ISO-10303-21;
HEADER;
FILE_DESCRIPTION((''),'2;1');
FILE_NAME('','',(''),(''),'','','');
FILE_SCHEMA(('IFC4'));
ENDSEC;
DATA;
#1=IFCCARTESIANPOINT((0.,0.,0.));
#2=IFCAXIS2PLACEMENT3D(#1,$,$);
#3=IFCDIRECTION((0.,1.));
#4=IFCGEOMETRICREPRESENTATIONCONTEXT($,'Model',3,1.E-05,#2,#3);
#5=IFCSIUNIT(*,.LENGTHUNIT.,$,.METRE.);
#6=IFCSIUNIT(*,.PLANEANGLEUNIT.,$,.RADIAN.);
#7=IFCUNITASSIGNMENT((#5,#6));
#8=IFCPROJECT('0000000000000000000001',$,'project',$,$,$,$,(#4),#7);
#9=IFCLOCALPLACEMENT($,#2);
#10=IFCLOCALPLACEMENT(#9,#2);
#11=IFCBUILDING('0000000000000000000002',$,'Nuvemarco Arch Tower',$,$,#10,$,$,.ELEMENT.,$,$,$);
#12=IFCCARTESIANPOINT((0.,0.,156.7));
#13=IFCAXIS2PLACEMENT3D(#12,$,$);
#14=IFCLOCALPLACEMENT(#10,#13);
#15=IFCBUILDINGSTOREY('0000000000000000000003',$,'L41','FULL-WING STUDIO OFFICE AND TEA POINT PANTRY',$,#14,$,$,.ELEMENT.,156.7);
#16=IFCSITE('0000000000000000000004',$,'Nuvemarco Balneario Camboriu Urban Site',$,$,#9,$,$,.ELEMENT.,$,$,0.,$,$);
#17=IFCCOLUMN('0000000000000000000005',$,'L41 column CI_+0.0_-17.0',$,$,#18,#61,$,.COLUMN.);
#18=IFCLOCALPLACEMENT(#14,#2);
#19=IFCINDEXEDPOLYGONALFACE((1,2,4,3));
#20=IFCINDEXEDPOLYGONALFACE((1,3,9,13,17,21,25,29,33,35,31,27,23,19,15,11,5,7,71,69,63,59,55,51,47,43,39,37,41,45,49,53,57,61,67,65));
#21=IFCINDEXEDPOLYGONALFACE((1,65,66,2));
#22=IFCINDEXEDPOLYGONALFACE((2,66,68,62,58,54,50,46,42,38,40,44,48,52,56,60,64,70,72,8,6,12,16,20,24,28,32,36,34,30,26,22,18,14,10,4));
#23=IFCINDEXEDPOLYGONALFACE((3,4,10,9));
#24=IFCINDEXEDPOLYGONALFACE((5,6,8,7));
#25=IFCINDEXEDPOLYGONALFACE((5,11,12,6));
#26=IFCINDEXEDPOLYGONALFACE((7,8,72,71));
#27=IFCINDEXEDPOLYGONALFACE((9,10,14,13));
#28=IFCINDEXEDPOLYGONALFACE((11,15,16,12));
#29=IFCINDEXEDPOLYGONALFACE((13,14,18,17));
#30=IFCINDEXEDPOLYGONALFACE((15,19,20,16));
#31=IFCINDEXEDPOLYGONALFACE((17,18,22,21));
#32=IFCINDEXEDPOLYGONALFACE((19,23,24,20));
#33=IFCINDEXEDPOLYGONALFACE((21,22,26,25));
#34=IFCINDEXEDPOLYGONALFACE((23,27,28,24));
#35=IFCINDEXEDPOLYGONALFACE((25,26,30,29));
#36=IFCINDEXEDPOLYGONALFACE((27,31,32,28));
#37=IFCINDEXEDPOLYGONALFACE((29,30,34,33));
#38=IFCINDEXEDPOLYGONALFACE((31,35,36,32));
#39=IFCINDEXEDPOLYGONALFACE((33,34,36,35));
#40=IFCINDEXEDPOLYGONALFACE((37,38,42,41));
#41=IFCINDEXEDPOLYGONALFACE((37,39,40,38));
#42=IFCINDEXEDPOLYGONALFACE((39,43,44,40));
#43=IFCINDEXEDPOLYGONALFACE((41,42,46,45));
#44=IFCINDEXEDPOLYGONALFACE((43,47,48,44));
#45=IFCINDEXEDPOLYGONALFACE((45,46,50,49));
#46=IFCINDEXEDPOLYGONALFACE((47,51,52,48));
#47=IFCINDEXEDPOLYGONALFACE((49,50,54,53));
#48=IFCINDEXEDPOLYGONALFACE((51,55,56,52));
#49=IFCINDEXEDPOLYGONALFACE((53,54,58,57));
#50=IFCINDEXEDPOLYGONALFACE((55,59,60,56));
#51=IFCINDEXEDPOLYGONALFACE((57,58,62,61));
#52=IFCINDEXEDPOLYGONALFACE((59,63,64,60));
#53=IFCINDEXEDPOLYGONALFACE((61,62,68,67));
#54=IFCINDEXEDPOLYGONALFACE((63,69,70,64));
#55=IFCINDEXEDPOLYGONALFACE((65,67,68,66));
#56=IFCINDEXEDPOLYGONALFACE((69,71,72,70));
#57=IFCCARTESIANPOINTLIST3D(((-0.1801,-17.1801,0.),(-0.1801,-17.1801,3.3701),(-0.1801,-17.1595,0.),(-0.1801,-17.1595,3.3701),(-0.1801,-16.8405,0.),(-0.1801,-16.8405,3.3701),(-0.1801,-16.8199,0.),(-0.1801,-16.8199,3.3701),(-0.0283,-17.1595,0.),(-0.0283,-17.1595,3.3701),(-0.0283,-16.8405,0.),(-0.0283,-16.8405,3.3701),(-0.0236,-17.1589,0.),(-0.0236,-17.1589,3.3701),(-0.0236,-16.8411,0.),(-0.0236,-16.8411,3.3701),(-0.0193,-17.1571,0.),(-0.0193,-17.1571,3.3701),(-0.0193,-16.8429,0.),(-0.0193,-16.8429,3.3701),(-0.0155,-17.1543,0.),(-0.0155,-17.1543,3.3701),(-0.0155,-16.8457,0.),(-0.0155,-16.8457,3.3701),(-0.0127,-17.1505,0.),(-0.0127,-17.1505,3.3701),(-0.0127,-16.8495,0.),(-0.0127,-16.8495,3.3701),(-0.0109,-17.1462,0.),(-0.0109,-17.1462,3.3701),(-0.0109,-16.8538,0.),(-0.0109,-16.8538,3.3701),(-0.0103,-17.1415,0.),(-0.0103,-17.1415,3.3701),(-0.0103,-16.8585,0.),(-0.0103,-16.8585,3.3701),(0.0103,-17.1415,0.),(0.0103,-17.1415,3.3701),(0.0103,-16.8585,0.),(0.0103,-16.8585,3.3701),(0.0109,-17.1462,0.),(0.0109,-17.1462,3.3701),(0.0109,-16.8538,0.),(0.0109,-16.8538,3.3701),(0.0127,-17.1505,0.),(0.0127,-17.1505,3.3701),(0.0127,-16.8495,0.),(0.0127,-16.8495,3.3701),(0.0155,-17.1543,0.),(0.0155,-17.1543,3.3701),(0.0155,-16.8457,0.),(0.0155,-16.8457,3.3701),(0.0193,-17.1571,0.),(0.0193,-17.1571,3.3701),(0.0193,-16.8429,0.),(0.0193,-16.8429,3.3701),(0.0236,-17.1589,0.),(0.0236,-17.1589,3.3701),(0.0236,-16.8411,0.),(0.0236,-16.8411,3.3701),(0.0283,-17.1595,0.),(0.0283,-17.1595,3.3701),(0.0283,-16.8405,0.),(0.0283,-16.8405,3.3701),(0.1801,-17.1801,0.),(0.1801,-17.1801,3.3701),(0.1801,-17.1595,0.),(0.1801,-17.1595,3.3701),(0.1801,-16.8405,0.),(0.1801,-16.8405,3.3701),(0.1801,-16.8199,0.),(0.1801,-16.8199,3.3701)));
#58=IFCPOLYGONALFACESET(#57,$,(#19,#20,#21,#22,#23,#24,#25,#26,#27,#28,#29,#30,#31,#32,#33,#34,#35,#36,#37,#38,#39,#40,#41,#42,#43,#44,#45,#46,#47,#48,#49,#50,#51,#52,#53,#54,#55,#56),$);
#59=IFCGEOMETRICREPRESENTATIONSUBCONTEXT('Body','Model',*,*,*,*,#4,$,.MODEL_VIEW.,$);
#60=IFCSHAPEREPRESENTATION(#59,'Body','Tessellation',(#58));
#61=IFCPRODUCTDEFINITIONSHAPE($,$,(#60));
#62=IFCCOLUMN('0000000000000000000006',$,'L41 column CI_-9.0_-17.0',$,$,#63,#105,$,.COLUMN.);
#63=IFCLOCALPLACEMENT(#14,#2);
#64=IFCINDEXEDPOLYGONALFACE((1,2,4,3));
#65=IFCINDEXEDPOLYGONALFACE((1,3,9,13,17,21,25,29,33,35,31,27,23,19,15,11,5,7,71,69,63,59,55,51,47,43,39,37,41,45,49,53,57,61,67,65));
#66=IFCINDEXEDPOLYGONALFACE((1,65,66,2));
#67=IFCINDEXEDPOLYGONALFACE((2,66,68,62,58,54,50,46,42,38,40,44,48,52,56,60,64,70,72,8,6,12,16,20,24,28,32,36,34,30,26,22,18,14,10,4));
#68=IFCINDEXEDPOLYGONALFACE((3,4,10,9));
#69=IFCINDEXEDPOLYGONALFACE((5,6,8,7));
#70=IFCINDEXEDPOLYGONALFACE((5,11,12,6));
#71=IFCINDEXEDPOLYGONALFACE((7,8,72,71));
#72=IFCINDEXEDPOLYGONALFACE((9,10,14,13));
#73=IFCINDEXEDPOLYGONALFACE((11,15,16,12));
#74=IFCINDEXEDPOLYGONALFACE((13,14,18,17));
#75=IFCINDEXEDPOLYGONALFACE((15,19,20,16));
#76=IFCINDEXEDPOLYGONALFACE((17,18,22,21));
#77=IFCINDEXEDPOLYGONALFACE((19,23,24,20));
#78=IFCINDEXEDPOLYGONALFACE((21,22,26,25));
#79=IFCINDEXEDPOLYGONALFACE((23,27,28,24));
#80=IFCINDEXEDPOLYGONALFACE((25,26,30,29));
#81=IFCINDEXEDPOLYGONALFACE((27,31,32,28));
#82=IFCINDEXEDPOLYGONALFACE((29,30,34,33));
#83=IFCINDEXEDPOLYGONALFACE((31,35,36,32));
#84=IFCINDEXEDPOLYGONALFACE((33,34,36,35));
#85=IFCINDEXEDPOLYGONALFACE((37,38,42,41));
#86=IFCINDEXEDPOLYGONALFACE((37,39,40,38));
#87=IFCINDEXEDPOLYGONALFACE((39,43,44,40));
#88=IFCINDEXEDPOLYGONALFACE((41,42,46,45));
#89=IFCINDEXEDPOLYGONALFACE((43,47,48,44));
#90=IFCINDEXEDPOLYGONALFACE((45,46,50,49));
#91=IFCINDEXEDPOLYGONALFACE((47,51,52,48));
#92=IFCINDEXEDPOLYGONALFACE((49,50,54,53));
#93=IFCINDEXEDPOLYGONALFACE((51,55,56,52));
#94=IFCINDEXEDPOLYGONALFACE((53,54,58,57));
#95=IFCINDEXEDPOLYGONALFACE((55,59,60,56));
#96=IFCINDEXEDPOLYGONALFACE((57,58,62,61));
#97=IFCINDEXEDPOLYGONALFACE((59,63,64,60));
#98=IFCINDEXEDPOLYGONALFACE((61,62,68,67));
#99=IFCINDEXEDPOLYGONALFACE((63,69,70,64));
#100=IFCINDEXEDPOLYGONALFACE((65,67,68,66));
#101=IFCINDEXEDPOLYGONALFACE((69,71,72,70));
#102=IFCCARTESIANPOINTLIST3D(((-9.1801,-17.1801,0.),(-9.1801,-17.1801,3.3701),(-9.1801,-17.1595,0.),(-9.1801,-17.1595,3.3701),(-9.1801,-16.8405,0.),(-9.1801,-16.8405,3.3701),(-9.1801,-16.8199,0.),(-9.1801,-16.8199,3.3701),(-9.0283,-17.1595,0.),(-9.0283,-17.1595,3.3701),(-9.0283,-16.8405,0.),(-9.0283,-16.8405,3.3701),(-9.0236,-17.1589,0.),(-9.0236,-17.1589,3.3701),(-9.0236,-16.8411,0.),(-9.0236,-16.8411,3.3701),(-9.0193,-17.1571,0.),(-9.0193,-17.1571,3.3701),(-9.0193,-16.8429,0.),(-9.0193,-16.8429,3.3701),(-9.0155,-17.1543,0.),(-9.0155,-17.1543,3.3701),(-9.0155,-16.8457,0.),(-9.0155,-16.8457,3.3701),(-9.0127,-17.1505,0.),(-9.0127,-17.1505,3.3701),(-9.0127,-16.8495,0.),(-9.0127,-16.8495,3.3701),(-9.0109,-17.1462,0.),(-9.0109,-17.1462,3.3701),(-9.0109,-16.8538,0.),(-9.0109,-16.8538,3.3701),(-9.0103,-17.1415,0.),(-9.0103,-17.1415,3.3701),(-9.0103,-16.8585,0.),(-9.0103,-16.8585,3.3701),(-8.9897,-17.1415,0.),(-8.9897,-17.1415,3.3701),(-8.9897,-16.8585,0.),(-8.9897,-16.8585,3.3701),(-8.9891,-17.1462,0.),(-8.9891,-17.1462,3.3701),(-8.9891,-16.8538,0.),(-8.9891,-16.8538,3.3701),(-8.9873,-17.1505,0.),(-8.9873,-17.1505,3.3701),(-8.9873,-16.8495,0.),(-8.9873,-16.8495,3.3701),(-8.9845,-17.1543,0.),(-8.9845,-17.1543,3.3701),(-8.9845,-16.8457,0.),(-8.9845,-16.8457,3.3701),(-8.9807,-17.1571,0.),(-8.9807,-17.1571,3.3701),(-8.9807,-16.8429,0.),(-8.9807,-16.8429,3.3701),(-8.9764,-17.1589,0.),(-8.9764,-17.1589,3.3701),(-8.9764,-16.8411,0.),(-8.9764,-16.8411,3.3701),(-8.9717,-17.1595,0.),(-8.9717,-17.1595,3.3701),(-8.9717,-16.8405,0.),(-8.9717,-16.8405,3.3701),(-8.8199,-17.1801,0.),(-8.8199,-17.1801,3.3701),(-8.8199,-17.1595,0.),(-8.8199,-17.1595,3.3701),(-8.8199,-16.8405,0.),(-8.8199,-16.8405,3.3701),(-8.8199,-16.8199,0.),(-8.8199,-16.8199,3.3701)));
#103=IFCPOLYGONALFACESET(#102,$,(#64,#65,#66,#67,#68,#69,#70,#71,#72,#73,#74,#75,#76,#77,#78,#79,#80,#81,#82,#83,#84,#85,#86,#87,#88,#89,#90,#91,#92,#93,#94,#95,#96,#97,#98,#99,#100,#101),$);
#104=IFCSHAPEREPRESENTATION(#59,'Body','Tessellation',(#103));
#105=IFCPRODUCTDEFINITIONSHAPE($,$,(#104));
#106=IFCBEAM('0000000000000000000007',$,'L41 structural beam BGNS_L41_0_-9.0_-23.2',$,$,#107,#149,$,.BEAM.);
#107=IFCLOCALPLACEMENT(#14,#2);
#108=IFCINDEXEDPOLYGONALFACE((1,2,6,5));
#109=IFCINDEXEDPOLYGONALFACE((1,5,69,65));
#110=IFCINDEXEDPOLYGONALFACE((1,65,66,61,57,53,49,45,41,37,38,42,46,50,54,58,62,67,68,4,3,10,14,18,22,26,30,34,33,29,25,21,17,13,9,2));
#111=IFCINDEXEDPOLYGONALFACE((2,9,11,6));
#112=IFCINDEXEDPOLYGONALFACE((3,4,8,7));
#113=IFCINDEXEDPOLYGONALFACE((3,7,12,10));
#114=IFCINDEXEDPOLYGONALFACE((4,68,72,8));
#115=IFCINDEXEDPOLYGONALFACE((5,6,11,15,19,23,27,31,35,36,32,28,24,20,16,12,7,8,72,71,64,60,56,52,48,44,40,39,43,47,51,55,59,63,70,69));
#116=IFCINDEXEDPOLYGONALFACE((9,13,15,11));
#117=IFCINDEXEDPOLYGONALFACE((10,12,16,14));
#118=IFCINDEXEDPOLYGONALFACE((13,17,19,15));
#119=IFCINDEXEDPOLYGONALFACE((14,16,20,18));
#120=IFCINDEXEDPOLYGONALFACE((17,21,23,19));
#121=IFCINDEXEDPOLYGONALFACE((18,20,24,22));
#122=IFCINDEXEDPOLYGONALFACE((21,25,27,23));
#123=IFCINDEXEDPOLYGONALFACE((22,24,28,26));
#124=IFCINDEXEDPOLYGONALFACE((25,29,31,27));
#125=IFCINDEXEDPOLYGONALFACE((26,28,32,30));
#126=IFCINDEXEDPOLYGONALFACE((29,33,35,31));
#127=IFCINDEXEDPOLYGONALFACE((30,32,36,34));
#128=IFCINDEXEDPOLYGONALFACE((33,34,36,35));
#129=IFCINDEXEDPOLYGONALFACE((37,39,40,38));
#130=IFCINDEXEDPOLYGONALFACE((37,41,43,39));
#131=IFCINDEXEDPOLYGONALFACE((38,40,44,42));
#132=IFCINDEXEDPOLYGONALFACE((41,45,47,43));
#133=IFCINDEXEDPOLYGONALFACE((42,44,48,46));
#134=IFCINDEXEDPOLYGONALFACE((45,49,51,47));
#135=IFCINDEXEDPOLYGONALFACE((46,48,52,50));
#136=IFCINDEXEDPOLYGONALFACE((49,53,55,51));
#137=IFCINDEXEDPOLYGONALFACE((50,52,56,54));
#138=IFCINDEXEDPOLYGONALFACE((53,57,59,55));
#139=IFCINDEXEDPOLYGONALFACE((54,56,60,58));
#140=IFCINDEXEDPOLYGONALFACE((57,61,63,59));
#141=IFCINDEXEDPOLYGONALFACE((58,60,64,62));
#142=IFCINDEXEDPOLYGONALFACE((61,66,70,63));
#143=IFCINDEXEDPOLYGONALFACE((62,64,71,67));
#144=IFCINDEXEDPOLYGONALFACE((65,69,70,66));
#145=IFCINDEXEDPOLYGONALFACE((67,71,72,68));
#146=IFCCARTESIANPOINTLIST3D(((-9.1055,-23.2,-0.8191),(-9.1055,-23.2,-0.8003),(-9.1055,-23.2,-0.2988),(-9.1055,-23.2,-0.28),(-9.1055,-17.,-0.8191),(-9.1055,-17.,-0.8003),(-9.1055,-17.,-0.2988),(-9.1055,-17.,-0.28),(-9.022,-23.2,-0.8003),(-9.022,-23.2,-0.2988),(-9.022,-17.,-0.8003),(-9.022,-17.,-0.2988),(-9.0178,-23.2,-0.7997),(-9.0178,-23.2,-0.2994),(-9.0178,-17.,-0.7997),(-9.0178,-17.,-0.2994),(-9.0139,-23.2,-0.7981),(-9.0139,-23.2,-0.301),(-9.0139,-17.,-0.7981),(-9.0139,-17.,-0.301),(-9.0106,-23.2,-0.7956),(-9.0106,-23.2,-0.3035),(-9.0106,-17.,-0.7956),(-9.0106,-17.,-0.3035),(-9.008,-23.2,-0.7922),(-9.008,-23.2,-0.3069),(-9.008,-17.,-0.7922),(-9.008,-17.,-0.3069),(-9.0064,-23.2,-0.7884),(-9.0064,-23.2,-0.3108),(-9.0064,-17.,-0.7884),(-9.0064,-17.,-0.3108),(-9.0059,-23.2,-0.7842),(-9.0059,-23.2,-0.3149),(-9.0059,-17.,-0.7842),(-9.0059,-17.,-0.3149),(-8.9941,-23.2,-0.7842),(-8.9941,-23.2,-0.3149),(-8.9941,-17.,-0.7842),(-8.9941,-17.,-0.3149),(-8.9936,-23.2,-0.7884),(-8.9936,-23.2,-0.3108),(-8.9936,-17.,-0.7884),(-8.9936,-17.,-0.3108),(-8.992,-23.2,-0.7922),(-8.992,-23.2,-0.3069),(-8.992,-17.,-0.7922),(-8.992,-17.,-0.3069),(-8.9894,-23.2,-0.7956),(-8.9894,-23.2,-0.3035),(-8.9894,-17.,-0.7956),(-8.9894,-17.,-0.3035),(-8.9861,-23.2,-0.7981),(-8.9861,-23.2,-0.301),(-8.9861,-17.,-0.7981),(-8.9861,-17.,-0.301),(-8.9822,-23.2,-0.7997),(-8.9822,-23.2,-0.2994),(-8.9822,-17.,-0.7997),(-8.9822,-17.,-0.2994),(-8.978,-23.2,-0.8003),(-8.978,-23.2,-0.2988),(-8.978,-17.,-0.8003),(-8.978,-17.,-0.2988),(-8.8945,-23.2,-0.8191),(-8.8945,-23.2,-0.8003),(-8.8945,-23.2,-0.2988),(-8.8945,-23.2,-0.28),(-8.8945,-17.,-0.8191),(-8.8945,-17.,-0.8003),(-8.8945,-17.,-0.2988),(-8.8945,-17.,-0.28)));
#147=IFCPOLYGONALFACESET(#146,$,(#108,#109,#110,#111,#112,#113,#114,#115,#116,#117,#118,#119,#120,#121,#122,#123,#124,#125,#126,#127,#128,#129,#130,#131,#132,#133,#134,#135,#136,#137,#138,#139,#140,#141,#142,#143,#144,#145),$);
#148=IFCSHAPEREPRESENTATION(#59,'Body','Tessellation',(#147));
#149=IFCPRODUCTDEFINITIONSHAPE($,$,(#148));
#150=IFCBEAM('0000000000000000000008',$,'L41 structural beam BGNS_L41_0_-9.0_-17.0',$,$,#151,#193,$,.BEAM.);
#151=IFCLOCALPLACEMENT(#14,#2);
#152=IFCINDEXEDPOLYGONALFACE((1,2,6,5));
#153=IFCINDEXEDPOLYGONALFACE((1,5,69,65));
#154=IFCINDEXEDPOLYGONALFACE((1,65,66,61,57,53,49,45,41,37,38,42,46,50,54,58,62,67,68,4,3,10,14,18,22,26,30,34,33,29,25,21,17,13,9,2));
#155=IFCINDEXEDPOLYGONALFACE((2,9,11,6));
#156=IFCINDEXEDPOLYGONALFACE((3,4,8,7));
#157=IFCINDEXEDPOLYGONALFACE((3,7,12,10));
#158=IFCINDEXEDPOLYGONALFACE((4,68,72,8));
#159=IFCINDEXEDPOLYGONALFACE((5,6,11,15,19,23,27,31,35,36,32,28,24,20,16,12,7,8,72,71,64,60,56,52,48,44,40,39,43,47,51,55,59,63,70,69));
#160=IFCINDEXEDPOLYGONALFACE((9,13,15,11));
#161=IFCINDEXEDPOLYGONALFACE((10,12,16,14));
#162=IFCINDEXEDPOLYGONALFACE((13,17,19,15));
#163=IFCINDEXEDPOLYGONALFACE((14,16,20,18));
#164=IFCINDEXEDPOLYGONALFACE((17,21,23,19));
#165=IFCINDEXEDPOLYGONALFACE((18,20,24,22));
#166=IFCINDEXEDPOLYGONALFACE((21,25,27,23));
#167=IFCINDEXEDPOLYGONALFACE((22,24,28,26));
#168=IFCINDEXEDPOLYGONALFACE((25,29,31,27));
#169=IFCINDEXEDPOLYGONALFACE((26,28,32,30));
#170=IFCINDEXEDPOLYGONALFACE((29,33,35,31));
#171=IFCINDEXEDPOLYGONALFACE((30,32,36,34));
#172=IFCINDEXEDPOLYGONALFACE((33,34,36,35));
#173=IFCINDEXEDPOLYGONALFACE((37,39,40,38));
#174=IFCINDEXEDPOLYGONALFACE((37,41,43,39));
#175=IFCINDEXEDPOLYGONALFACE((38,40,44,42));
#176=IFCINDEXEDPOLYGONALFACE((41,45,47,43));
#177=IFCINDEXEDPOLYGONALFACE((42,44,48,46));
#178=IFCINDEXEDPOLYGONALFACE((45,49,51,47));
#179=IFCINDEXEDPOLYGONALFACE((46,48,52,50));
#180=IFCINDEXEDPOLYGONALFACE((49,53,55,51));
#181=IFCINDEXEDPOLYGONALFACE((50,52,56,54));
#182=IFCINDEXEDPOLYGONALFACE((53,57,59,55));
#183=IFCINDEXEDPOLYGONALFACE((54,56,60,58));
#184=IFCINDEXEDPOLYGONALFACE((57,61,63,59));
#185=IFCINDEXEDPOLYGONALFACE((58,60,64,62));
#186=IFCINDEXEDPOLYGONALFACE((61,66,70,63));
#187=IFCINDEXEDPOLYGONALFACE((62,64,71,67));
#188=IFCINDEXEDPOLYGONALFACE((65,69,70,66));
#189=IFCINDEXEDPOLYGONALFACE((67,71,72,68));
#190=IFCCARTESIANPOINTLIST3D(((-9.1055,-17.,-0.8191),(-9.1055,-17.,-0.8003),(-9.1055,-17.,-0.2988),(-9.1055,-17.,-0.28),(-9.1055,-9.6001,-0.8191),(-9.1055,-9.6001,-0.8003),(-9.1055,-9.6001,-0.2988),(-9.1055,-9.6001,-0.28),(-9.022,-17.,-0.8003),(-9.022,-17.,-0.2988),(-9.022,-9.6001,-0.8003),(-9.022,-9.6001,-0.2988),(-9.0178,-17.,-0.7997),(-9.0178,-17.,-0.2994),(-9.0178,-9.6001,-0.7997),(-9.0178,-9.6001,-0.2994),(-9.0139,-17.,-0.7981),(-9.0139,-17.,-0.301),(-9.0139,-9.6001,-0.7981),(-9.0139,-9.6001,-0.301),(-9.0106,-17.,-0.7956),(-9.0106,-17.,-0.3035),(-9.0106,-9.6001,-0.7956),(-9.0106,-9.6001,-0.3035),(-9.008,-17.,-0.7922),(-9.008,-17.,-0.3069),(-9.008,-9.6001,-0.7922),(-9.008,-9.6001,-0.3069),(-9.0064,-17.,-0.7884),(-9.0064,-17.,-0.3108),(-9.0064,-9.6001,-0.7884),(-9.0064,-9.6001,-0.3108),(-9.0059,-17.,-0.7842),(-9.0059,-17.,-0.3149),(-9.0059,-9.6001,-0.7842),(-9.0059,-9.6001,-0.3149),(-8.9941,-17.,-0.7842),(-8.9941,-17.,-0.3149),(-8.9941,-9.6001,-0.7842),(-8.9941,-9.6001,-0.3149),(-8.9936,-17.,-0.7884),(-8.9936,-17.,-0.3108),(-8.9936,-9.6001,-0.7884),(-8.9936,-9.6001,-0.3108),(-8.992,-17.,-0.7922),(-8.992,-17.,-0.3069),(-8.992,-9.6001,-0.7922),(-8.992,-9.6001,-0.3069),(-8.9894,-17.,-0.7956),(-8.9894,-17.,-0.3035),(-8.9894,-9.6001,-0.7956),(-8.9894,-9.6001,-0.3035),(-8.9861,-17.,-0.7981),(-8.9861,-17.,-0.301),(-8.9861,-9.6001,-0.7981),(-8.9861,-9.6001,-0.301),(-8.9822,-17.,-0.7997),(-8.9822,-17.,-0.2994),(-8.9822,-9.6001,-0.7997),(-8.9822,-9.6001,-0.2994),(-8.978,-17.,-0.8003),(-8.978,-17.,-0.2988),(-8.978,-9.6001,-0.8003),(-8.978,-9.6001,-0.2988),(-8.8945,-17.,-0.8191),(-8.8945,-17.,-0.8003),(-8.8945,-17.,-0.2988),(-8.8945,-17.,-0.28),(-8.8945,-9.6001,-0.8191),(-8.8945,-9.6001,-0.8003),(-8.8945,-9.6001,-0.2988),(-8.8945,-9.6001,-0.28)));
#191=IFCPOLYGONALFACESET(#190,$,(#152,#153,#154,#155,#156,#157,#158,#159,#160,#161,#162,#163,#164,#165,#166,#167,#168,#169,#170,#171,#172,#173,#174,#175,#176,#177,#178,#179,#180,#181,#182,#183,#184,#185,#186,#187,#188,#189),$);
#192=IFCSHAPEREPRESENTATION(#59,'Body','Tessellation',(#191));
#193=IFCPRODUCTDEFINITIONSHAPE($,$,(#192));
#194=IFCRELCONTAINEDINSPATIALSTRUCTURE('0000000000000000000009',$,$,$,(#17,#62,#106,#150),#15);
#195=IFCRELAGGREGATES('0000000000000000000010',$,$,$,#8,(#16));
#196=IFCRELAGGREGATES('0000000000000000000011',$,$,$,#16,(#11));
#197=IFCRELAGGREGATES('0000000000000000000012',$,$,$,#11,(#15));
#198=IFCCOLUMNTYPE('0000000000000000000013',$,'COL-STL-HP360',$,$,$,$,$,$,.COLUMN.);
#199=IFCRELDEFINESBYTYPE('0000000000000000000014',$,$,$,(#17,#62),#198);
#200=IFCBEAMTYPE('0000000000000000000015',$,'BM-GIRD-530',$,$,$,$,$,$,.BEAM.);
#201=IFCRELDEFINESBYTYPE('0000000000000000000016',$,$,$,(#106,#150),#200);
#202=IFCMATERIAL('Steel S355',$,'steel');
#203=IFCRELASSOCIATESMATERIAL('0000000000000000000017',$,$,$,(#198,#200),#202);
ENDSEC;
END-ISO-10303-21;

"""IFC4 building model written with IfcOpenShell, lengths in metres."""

from ifc_helpers import new_model, si_unit, direction, frame, origin, origin_2d, place, context, subcontext, project, spatial, i_section, extrude, material, material_profile, profile_set, type_object, element, save


model = new_model("IFC4")

# Units and contexts
model_context = context("Model", 3, precision=1e-05, world=origin(), true_north=direction((0.0, 1.0)))
body_context = subcontext(model_context, "Body", "Model", "MODEL_VIEW")
ifc_project = project(units=[si_unit("LENGTHUNIT", "METRE"), si_unit("PLANEANGLEUNIT", "RADIAN")], contexts=[model_context])

# Site, building, storey
site_placement = place(None, origin())
site = spatial("IfcSite", under=ifc_project, at=site_placement, Name="Nuvemarco Balneario Camboriu Urban Site", CompositionType="ELEMENT", RefElevation=0.0)
building_placement = place(site_placement, origin())
building = spatial("IfcBuilding", under=site, at=building_placement, Name="Nuvemarco Arch Tower", CompositionType="ELEMENT")
storey_placement = place(building_placement, frame((0.0, 0.0, 156.7)))
storey = spatial("IfcBuildingStorey", under=building, at=storey_placement, Name="L41", Description="FULL-WING STUDIO OFFICE AND TEA POINT PANTRY", CompositionType="ELEMENT", Elevation=156.7)

# Columns
ifc_material_1 = material(Name="Steel S355", Category="steel")
ifc_material_profile_1 = material_profile(ifc_material_1, i_section(OverallWidth=0.3601, OverallDepth=0.3601, WebThickness=0.0205, FlangeThickness=0.0205, FilletRadius=0.0181, at=origin_2d()), Name="HP360x174")
ifc_profile_set_1 = profile_set([ifc_material_profile_1], Name="Steel S355")
column_type_1 = type_object("IfcColumnType", Name="COL-STL-HP360", PredefinedType="COLUMN", material=ifc_profile_set_1)
for number, where, z_axis, x_axis, name in (
    (1, (0.0, -17.0, 0.0), (0.0, 0.0, 1.0), (1.0, 0.0, 0.0), "L41 column CI_+0.0_-17.0"),
    (2, (-9.0, -17.0, 0.0), (0.0, 0.0, 1.0), (1.0, 0.0, 0.0), "L41 column CI_-9.0_-17.0"),
):
    element("IfcColumn", number, at=place(storey_placement, frame(where, z_axis=z_axis, x_axis=x_axis)), inside=storey, type_object=column_type_1, Name=name, PredefinedType="COLUMN", context=body_context, shape_type="SweptSolid", body=[
        extrude(i_section(OverallWidth=0.3601, OverallDepth=0.3601, WebThickness=0.0205, FlangeThickness=0.0205, FilletRadius=0.0181, at=origin_2d()), origin(), (0.0, 0.0, 1.0), 3.3701),
    ])

# Beams
ifc_material_profile_2 = material_profile(ifc_material_1, i_section(OverallWidth=0.2109, OverallDepth=0.5391, WebThickness=0.0117, FlangeThickness=0.0188, FilletRadius=0.0161, at=origin_2d()), Name="W530x109")
ifc_profile_set_2 = profile_set([ifc_material_profile_2], Name="Steel S355")
beam_type_1 = type_object("IfcBeamType", Name="BM-GIRD-530", PredefinedType="BEAM", material=ifc_profile_set_2)
beam_1_placement = place(storey_placement, frame((-9.0, -23.2, -0.5496), z_axis=(0.0, 1.0, 0.0), x_axis=(-1.0, 0.0, 0.0)))
element("IfcBeam", 3, at=beam_1_placement, inside=storey, type_object=beam_type_1, Name="L41 structural beam BGNS_L41_0_-9.0_-23.2", PredefinedType="BEAM", context=body_context, shape_type="SweptSolid", body=[
    extrude(i_section(OverallWidth=0.2109, OverallDepth=0.5391, WebThickness=0.0117, FlangeThickness=0.0188, FilletRadius=0.0161, at=origin_2d()), origin(), (0.0, 0.0, 1.0), 6.2),
])
beam_2_placement = place(storey_placement, frame((-9.0, -17.0, -0.5496), z_axis=(0.0, 1.0, 0.0), x_axis=(-1.0, 0.0, 0.0)))
element("IfcBeam", 4, at=beam_2_placement, inside=storey, type_object=beam_type_1, Name="L41 structural beam BGNS_L41_0_-9.0_-17.0", PredefinedType="BEAM", context=body_context, shape_type="SweptSolid", body=[
    extrude(i_section(OverallWidth=0.2109, OverallDepth=0.5391, WebThickness=0.0117, FlangeThickness=0.0188, FilletRadius=0.0161, at=origin_2d()), origin(), (0.0, 0.0, 1.0), 7.3999),
])

save(model, "model.ifc")
